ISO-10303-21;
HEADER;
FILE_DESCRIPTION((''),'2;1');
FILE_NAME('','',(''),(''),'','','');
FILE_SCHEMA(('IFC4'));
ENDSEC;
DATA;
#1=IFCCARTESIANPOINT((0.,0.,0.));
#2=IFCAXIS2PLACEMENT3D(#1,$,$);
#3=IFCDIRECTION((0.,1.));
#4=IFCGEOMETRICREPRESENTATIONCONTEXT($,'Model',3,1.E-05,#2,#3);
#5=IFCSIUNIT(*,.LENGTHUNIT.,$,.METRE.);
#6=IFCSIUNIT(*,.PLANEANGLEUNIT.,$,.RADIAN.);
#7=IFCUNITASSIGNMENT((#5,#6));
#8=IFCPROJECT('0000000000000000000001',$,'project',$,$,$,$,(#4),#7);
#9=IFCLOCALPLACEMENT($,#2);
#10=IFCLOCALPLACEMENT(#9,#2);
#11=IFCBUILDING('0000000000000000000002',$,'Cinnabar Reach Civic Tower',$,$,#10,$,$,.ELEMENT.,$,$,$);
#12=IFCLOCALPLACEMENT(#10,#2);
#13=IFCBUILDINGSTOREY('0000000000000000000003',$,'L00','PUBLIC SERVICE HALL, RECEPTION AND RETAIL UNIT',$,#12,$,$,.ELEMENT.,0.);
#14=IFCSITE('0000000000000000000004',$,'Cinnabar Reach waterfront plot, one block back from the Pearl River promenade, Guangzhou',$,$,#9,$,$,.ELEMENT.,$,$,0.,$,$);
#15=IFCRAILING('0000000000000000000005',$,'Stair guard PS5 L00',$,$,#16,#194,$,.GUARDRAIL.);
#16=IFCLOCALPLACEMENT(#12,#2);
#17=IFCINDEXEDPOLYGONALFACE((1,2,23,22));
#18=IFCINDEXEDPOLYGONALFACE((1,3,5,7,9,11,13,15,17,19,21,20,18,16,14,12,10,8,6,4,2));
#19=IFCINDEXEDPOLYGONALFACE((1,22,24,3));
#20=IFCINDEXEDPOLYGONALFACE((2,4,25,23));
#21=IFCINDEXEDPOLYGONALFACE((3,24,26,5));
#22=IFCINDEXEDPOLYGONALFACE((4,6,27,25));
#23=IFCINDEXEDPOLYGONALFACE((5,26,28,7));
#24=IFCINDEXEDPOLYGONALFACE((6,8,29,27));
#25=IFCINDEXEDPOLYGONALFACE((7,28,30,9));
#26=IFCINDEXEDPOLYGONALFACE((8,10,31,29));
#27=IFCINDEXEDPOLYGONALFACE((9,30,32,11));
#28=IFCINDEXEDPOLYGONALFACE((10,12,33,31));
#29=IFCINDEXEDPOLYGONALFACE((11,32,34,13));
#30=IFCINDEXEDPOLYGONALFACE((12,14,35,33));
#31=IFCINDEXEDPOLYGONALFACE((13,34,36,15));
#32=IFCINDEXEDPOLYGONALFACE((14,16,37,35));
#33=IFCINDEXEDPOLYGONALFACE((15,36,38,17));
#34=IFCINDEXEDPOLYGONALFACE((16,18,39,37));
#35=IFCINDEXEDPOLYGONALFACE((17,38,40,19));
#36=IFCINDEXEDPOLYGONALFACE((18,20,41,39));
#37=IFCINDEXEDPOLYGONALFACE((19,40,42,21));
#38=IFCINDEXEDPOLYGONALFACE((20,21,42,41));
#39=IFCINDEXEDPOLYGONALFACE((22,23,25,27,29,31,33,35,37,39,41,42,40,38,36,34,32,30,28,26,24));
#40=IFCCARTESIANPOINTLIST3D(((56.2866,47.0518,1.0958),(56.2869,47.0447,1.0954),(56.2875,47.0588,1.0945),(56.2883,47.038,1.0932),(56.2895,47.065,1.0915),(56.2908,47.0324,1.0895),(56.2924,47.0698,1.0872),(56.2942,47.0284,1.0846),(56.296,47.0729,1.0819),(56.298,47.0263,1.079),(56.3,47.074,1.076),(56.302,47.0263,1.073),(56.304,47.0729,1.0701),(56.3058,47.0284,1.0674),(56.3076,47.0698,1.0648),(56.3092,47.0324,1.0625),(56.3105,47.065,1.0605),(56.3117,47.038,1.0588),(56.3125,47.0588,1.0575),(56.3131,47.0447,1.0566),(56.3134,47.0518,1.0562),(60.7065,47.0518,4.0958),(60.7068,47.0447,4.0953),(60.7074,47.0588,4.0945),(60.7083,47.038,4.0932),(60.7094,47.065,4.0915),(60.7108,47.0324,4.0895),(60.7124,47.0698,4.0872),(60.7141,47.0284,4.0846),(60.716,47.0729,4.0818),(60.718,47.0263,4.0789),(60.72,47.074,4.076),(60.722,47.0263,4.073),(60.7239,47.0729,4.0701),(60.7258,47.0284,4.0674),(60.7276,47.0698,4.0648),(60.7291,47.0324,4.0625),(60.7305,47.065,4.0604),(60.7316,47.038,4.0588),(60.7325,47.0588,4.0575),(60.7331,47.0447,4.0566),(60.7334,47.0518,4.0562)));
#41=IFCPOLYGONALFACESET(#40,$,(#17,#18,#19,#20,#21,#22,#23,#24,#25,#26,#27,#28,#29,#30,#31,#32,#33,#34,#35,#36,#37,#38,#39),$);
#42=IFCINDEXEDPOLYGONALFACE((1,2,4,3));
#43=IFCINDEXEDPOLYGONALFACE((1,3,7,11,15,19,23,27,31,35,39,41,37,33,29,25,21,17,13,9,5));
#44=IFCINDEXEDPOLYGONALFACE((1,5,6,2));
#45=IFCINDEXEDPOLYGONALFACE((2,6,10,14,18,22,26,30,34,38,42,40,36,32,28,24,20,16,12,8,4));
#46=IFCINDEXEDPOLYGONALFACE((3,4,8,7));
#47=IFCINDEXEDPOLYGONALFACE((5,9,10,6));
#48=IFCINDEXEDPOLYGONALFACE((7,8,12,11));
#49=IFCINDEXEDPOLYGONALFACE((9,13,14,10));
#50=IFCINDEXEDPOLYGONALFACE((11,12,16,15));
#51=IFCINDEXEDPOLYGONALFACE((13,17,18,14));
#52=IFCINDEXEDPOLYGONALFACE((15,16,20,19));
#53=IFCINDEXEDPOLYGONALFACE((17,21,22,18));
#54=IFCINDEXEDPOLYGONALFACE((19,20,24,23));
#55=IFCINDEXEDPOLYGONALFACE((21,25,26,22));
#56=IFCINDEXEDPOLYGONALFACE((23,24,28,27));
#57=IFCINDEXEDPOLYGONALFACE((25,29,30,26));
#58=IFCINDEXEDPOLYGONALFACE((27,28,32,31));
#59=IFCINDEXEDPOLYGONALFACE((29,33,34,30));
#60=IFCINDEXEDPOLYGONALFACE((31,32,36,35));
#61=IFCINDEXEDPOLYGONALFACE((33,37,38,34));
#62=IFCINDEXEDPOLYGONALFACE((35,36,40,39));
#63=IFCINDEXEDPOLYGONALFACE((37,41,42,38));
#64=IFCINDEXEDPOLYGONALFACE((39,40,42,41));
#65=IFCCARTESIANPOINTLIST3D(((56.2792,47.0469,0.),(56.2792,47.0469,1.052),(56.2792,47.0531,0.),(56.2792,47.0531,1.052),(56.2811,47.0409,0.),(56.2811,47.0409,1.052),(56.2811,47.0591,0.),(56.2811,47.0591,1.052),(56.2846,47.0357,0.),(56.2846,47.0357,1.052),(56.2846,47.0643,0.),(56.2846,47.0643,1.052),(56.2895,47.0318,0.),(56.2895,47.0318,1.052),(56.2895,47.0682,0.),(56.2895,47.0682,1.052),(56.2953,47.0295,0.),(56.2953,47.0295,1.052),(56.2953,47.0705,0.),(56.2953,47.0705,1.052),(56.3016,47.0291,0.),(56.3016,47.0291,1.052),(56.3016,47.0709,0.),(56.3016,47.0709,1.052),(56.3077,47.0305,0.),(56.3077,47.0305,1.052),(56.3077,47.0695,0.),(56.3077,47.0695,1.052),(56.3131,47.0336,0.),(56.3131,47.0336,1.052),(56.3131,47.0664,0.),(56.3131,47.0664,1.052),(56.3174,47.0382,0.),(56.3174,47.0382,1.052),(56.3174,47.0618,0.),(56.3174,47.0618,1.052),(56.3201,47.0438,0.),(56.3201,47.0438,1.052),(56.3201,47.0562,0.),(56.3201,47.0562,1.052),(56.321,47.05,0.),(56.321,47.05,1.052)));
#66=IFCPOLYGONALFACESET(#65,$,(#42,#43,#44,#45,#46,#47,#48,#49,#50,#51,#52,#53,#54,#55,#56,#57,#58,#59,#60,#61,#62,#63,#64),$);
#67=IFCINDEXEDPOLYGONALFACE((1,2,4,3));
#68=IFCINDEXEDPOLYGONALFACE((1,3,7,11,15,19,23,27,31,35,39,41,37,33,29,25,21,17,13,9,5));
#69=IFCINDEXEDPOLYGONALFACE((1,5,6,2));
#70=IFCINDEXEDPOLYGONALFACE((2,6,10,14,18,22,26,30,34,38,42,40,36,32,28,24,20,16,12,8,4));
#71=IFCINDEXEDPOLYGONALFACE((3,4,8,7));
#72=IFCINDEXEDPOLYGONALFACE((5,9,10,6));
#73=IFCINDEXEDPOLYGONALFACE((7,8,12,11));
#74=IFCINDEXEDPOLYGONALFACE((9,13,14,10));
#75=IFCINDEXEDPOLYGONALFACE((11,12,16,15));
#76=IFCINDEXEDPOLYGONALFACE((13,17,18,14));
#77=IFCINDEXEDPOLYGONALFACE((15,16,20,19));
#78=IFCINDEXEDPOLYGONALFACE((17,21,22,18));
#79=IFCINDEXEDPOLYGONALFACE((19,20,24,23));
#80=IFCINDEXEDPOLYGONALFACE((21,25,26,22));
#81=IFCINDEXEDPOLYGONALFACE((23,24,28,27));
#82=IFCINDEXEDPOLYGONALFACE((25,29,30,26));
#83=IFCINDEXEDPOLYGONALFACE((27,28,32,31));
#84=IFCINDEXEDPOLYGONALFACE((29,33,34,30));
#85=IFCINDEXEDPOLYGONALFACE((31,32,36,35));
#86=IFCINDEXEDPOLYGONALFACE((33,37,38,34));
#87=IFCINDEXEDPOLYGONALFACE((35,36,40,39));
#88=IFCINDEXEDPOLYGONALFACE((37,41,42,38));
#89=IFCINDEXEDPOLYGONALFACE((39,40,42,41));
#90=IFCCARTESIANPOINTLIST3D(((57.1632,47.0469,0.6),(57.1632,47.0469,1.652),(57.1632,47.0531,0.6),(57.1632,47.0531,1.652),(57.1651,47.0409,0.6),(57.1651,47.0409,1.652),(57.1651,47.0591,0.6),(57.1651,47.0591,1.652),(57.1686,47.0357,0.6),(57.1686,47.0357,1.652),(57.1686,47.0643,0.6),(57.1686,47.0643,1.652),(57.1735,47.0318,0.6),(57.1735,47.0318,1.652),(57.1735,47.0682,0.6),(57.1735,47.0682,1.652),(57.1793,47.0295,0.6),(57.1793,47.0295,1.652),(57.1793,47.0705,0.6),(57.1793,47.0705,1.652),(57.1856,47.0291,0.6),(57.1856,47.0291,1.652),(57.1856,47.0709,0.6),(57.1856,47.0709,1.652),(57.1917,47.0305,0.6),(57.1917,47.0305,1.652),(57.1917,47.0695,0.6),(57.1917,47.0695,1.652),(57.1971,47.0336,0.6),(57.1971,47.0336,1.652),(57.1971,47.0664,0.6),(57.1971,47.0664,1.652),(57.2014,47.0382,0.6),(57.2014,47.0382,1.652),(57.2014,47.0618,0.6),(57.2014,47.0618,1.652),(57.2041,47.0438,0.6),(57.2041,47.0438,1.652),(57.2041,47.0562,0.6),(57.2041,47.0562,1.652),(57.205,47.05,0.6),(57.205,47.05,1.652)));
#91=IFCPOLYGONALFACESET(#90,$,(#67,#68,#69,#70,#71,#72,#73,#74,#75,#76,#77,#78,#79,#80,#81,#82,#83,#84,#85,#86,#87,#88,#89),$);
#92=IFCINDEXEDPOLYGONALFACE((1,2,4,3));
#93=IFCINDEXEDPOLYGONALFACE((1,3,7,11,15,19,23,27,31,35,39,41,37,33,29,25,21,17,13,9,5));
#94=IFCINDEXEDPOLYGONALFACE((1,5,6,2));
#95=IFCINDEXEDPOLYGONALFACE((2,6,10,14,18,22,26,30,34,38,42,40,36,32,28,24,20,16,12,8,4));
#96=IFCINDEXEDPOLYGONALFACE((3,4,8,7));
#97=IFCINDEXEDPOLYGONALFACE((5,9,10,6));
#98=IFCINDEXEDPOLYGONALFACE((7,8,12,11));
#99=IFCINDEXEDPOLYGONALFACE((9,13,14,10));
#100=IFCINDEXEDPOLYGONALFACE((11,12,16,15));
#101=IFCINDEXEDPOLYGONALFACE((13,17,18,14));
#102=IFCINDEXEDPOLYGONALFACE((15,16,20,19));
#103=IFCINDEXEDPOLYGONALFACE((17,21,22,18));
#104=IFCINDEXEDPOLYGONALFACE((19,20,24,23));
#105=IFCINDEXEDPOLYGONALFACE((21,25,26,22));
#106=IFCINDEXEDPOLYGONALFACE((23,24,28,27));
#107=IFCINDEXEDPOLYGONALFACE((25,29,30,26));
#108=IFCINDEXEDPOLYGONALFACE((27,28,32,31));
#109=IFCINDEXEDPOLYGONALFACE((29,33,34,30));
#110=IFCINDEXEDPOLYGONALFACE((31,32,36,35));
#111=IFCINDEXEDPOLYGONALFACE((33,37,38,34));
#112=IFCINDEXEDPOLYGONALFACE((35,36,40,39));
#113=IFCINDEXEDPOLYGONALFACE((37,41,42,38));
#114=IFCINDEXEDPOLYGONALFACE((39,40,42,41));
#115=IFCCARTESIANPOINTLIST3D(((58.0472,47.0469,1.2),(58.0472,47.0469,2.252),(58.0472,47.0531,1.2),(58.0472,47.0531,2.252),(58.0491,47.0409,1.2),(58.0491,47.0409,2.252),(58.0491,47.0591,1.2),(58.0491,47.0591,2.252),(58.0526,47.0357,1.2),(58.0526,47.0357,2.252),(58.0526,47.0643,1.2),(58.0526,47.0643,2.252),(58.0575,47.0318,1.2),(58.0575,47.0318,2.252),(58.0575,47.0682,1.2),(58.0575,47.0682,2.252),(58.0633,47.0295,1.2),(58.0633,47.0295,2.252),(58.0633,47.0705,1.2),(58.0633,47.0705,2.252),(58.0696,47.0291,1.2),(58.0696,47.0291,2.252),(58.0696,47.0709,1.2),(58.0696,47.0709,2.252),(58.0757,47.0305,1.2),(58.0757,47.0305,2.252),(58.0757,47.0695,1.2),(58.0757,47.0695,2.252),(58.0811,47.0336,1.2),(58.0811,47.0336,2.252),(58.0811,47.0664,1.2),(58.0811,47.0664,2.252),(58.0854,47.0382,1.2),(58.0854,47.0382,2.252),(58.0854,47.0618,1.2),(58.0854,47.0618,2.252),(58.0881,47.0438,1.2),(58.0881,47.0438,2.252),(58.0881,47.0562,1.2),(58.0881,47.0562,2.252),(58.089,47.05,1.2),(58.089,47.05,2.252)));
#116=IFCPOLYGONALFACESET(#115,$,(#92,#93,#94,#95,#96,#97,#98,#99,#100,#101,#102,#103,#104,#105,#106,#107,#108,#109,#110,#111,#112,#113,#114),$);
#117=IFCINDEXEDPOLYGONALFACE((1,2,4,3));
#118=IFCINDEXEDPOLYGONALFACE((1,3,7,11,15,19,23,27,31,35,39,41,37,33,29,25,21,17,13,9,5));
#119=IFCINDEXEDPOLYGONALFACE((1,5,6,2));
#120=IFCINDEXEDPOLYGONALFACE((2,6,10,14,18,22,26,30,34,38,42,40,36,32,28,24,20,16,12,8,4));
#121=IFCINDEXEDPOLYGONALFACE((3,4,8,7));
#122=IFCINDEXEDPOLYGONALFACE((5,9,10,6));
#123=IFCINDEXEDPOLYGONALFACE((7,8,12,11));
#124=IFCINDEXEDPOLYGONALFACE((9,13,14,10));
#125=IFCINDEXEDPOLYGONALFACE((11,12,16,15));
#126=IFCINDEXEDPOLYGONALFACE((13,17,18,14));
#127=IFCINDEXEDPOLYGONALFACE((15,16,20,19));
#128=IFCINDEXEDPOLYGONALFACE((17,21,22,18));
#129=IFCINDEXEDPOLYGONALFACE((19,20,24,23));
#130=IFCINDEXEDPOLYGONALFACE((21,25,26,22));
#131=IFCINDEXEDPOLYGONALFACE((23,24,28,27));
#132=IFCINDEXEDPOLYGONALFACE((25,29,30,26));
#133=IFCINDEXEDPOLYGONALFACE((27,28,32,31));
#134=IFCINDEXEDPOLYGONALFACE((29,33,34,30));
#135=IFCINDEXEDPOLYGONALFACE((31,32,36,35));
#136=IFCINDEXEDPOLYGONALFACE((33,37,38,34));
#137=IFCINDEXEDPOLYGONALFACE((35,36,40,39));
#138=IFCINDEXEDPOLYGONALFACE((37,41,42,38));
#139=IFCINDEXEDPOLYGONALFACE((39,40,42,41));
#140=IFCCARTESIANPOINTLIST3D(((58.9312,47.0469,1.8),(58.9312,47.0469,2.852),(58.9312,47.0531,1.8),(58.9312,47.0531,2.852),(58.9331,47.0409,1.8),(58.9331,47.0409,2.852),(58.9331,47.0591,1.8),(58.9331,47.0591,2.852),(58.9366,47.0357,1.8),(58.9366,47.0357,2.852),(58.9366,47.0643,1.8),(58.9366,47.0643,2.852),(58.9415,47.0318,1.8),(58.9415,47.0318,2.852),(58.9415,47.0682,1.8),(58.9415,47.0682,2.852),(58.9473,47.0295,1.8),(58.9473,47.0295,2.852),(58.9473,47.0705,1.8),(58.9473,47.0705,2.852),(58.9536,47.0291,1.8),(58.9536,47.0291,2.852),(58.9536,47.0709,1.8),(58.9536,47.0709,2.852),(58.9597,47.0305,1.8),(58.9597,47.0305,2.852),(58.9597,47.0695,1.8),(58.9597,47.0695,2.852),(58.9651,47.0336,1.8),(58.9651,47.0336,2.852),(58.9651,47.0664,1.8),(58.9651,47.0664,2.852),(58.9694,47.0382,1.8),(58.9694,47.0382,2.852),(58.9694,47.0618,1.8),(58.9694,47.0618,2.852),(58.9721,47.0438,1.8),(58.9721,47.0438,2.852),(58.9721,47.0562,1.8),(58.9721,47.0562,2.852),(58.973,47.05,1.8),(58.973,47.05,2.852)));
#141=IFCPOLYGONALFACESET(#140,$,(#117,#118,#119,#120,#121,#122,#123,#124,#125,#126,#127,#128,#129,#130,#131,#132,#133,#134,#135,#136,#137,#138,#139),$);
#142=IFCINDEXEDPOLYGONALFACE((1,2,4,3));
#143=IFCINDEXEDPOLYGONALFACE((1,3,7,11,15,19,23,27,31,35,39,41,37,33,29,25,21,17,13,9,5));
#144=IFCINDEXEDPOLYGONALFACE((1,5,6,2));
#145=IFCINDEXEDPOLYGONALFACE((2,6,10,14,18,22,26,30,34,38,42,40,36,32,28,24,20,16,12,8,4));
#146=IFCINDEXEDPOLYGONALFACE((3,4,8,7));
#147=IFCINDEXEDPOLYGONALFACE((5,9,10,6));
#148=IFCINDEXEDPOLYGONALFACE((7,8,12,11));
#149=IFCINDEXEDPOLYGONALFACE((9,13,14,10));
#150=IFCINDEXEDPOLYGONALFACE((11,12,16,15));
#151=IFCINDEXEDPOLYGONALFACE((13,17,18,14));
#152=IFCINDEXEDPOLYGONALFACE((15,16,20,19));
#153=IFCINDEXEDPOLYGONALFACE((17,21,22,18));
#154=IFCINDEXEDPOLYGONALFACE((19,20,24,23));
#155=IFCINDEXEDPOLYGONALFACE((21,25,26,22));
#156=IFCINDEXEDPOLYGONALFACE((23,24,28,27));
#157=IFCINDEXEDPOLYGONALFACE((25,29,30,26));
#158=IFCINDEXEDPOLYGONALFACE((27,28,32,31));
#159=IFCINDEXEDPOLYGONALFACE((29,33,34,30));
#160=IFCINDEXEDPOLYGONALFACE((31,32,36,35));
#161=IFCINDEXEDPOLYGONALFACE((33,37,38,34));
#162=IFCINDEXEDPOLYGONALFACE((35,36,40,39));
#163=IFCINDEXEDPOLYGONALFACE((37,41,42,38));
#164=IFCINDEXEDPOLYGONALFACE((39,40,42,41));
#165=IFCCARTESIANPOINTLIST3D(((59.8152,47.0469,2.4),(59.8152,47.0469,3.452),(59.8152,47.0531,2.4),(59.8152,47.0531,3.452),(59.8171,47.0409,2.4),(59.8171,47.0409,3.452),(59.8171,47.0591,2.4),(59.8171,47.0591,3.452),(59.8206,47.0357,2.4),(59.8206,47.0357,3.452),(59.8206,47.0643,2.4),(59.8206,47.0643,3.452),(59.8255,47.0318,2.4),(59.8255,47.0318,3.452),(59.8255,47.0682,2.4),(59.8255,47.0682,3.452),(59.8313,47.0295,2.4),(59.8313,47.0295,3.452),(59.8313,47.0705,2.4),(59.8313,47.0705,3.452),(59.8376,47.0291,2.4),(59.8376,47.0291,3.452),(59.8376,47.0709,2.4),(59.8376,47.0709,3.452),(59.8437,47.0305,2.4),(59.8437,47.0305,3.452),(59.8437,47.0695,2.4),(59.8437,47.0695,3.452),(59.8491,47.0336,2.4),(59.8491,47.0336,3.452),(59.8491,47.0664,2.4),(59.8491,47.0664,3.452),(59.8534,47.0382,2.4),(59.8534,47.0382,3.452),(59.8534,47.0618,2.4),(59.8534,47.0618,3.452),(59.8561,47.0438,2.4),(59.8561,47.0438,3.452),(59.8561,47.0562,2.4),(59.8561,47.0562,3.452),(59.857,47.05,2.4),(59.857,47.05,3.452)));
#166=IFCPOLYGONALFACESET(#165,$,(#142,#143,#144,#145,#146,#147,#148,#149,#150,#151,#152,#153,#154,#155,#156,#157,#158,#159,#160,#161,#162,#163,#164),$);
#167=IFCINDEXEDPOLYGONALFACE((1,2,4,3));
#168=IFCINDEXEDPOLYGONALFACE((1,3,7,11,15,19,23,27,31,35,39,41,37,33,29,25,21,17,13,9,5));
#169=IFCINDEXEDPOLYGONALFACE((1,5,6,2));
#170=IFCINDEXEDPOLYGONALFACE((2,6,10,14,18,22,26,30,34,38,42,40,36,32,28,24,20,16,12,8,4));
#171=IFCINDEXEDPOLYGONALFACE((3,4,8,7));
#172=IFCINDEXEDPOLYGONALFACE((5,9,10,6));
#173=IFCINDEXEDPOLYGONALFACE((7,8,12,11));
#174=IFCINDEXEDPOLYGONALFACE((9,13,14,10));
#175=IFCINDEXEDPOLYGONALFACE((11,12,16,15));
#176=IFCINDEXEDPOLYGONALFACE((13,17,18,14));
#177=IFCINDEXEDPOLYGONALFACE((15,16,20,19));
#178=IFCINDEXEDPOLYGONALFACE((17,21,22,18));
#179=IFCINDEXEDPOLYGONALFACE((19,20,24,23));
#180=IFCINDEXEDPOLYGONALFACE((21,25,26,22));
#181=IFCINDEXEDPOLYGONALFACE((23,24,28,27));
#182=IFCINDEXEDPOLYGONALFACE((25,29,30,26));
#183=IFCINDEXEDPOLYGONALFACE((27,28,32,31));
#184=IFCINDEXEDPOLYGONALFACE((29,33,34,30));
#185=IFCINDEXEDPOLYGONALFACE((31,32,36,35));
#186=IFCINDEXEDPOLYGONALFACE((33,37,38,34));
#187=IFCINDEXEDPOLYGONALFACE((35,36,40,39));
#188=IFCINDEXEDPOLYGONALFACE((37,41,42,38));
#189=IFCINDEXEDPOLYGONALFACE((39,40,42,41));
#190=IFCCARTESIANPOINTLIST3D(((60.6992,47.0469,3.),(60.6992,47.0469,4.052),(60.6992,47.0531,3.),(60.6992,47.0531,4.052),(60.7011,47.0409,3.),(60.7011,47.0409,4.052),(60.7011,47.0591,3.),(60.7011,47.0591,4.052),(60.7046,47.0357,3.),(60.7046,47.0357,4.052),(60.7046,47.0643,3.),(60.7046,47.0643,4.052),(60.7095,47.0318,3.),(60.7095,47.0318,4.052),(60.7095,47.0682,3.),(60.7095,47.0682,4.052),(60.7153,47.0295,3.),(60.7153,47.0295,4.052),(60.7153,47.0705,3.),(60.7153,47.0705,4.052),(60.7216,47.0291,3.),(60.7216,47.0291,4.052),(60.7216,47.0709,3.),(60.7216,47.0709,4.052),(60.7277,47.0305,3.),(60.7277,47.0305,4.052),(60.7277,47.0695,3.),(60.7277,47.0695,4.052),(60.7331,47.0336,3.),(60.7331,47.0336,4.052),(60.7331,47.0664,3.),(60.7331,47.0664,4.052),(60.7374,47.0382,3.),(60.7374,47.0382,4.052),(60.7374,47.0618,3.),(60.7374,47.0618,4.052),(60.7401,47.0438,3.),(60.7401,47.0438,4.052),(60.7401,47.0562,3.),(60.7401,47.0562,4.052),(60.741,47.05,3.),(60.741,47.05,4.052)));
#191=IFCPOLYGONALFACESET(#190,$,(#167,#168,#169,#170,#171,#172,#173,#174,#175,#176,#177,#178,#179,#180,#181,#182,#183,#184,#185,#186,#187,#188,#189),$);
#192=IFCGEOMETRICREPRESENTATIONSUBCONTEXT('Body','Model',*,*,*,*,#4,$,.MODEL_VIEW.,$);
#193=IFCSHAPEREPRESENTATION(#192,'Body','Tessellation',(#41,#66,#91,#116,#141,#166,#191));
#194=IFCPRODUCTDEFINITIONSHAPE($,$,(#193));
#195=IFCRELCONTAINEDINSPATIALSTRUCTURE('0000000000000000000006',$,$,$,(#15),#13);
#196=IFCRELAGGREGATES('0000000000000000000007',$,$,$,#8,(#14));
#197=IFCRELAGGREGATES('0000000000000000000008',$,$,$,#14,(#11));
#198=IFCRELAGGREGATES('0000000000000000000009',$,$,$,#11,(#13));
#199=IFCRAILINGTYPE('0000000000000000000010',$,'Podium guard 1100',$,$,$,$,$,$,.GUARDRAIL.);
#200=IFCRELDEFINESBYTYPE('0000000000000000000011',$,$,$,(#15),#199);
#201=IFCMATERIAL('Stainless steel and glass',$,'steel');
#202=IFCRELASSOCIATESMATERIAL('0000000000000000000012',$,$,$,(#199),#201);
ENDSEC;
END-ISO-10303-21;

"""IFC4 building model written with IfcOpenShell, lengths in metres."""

from ifc_helpers import new_model, si_unit, direction, frame, origin, origin_2d, place, context, subcontext, project, spatial, circle, extrude, material, type_object, element, save


model = new_model("IFC4")

# Units and contexts
model_context = context("Model", 3, precision=1e-05, world=origin(), true_north=direction((0.0, 1.0)))
body_context = subcontext(model_context, "Body", "Model", "MODEL_VIEW")
ifc_project = project(units=[si_unit("LENGTHUNIT", "METRE"), si_unit("PLANEANGLEUNIT", "RADIAN")], contexts=[model_context])

# Site, building, storey
site_placement = place(None, origin())
site = spatial("IfcSite", under=ifc_project, at=site_placement, Name="Cinnabar Reach waterfront plot, one block back from the Pearl River promenade, Guangzhou", CompositionType="ELEMENT", RefElevation=0.0)
building_placement = place(site_placement, origin())
building = spatial("IfcBuilding", under=site, at=building_placement, Name="Cinnabar Reach Civic Tower", CompositionType="ELEMENT")
storey_placement = place(building_placement, origin())
storey = spatial("IfcBuildingStorey", under=building, at=storey_placement, Name="L00", Description="PUBLIC SERVICE HALL, RECEPTION AND RETAIL UNIT", CompositionType="ELEMENT", Elevation=0.0)

# Railing
ifc_material_1 = material(Name="Stainless steel and glass", Category="steel")
railing_type_1 = type_object("IfcRailingType", Name="Podium guard 1100", PredefinedType="GUARDRAIL", material=ifc_material_1)
railing_1_placement = place(storey_placement, frame((56.3, 47.05, 0.0)))
element("IfcRailing", 1, at=railing_1_placement, inside=storey, type_object=railing_type_1, Name="Stair guard PS5 L00", PredefinedType="GUARDRAIL", context=body_context, shape_type="SweptSolid", body=[
    extrude(circle(Radius=0.024, at=origin_2d()), frame((0.0, 0.0, 1.076), z_axis=(0.827414, 0.0, 0.561593), x_axis=(0.0, 1.0, 0.0)), (0.0, 0.0, 1.0), 5.3419),
    extrude(circle(Radius=0.021, at=origin_2d()), origin(), (0.0, 0.0, 1.0), 1.052),
    extrude(circle(Radius=0.021, at=origin_2d()), frame((0.884, 0.0, 0.6)), (0.0, 0.0, 1.0), 1.052),
    extrude(circle(Radius=0.021, at=origin_2d()), frame((1.768, 0.0, 1.2)), (0.0, 0.0, 1.0), 1.052),
    extrude(circle(Radius=0.021, at=origin_2d()), frame((2.652, 0.0, 1.8)), (0.0, 0.0, 1.0), 1.052),
    extrude(circle(Radius=0.021, at=origin_2d()), frame((3.536, 0.0, 2.4)), (0.0, 0.0, 1.0), 1.052),
    extrude(circle(Radius=0.021, at=origin_2d()), frame((4.42, 0.0, 3.0)), (0.0, 0.0, 1.0), 1.052),
])

save(model, "model.ifc")
